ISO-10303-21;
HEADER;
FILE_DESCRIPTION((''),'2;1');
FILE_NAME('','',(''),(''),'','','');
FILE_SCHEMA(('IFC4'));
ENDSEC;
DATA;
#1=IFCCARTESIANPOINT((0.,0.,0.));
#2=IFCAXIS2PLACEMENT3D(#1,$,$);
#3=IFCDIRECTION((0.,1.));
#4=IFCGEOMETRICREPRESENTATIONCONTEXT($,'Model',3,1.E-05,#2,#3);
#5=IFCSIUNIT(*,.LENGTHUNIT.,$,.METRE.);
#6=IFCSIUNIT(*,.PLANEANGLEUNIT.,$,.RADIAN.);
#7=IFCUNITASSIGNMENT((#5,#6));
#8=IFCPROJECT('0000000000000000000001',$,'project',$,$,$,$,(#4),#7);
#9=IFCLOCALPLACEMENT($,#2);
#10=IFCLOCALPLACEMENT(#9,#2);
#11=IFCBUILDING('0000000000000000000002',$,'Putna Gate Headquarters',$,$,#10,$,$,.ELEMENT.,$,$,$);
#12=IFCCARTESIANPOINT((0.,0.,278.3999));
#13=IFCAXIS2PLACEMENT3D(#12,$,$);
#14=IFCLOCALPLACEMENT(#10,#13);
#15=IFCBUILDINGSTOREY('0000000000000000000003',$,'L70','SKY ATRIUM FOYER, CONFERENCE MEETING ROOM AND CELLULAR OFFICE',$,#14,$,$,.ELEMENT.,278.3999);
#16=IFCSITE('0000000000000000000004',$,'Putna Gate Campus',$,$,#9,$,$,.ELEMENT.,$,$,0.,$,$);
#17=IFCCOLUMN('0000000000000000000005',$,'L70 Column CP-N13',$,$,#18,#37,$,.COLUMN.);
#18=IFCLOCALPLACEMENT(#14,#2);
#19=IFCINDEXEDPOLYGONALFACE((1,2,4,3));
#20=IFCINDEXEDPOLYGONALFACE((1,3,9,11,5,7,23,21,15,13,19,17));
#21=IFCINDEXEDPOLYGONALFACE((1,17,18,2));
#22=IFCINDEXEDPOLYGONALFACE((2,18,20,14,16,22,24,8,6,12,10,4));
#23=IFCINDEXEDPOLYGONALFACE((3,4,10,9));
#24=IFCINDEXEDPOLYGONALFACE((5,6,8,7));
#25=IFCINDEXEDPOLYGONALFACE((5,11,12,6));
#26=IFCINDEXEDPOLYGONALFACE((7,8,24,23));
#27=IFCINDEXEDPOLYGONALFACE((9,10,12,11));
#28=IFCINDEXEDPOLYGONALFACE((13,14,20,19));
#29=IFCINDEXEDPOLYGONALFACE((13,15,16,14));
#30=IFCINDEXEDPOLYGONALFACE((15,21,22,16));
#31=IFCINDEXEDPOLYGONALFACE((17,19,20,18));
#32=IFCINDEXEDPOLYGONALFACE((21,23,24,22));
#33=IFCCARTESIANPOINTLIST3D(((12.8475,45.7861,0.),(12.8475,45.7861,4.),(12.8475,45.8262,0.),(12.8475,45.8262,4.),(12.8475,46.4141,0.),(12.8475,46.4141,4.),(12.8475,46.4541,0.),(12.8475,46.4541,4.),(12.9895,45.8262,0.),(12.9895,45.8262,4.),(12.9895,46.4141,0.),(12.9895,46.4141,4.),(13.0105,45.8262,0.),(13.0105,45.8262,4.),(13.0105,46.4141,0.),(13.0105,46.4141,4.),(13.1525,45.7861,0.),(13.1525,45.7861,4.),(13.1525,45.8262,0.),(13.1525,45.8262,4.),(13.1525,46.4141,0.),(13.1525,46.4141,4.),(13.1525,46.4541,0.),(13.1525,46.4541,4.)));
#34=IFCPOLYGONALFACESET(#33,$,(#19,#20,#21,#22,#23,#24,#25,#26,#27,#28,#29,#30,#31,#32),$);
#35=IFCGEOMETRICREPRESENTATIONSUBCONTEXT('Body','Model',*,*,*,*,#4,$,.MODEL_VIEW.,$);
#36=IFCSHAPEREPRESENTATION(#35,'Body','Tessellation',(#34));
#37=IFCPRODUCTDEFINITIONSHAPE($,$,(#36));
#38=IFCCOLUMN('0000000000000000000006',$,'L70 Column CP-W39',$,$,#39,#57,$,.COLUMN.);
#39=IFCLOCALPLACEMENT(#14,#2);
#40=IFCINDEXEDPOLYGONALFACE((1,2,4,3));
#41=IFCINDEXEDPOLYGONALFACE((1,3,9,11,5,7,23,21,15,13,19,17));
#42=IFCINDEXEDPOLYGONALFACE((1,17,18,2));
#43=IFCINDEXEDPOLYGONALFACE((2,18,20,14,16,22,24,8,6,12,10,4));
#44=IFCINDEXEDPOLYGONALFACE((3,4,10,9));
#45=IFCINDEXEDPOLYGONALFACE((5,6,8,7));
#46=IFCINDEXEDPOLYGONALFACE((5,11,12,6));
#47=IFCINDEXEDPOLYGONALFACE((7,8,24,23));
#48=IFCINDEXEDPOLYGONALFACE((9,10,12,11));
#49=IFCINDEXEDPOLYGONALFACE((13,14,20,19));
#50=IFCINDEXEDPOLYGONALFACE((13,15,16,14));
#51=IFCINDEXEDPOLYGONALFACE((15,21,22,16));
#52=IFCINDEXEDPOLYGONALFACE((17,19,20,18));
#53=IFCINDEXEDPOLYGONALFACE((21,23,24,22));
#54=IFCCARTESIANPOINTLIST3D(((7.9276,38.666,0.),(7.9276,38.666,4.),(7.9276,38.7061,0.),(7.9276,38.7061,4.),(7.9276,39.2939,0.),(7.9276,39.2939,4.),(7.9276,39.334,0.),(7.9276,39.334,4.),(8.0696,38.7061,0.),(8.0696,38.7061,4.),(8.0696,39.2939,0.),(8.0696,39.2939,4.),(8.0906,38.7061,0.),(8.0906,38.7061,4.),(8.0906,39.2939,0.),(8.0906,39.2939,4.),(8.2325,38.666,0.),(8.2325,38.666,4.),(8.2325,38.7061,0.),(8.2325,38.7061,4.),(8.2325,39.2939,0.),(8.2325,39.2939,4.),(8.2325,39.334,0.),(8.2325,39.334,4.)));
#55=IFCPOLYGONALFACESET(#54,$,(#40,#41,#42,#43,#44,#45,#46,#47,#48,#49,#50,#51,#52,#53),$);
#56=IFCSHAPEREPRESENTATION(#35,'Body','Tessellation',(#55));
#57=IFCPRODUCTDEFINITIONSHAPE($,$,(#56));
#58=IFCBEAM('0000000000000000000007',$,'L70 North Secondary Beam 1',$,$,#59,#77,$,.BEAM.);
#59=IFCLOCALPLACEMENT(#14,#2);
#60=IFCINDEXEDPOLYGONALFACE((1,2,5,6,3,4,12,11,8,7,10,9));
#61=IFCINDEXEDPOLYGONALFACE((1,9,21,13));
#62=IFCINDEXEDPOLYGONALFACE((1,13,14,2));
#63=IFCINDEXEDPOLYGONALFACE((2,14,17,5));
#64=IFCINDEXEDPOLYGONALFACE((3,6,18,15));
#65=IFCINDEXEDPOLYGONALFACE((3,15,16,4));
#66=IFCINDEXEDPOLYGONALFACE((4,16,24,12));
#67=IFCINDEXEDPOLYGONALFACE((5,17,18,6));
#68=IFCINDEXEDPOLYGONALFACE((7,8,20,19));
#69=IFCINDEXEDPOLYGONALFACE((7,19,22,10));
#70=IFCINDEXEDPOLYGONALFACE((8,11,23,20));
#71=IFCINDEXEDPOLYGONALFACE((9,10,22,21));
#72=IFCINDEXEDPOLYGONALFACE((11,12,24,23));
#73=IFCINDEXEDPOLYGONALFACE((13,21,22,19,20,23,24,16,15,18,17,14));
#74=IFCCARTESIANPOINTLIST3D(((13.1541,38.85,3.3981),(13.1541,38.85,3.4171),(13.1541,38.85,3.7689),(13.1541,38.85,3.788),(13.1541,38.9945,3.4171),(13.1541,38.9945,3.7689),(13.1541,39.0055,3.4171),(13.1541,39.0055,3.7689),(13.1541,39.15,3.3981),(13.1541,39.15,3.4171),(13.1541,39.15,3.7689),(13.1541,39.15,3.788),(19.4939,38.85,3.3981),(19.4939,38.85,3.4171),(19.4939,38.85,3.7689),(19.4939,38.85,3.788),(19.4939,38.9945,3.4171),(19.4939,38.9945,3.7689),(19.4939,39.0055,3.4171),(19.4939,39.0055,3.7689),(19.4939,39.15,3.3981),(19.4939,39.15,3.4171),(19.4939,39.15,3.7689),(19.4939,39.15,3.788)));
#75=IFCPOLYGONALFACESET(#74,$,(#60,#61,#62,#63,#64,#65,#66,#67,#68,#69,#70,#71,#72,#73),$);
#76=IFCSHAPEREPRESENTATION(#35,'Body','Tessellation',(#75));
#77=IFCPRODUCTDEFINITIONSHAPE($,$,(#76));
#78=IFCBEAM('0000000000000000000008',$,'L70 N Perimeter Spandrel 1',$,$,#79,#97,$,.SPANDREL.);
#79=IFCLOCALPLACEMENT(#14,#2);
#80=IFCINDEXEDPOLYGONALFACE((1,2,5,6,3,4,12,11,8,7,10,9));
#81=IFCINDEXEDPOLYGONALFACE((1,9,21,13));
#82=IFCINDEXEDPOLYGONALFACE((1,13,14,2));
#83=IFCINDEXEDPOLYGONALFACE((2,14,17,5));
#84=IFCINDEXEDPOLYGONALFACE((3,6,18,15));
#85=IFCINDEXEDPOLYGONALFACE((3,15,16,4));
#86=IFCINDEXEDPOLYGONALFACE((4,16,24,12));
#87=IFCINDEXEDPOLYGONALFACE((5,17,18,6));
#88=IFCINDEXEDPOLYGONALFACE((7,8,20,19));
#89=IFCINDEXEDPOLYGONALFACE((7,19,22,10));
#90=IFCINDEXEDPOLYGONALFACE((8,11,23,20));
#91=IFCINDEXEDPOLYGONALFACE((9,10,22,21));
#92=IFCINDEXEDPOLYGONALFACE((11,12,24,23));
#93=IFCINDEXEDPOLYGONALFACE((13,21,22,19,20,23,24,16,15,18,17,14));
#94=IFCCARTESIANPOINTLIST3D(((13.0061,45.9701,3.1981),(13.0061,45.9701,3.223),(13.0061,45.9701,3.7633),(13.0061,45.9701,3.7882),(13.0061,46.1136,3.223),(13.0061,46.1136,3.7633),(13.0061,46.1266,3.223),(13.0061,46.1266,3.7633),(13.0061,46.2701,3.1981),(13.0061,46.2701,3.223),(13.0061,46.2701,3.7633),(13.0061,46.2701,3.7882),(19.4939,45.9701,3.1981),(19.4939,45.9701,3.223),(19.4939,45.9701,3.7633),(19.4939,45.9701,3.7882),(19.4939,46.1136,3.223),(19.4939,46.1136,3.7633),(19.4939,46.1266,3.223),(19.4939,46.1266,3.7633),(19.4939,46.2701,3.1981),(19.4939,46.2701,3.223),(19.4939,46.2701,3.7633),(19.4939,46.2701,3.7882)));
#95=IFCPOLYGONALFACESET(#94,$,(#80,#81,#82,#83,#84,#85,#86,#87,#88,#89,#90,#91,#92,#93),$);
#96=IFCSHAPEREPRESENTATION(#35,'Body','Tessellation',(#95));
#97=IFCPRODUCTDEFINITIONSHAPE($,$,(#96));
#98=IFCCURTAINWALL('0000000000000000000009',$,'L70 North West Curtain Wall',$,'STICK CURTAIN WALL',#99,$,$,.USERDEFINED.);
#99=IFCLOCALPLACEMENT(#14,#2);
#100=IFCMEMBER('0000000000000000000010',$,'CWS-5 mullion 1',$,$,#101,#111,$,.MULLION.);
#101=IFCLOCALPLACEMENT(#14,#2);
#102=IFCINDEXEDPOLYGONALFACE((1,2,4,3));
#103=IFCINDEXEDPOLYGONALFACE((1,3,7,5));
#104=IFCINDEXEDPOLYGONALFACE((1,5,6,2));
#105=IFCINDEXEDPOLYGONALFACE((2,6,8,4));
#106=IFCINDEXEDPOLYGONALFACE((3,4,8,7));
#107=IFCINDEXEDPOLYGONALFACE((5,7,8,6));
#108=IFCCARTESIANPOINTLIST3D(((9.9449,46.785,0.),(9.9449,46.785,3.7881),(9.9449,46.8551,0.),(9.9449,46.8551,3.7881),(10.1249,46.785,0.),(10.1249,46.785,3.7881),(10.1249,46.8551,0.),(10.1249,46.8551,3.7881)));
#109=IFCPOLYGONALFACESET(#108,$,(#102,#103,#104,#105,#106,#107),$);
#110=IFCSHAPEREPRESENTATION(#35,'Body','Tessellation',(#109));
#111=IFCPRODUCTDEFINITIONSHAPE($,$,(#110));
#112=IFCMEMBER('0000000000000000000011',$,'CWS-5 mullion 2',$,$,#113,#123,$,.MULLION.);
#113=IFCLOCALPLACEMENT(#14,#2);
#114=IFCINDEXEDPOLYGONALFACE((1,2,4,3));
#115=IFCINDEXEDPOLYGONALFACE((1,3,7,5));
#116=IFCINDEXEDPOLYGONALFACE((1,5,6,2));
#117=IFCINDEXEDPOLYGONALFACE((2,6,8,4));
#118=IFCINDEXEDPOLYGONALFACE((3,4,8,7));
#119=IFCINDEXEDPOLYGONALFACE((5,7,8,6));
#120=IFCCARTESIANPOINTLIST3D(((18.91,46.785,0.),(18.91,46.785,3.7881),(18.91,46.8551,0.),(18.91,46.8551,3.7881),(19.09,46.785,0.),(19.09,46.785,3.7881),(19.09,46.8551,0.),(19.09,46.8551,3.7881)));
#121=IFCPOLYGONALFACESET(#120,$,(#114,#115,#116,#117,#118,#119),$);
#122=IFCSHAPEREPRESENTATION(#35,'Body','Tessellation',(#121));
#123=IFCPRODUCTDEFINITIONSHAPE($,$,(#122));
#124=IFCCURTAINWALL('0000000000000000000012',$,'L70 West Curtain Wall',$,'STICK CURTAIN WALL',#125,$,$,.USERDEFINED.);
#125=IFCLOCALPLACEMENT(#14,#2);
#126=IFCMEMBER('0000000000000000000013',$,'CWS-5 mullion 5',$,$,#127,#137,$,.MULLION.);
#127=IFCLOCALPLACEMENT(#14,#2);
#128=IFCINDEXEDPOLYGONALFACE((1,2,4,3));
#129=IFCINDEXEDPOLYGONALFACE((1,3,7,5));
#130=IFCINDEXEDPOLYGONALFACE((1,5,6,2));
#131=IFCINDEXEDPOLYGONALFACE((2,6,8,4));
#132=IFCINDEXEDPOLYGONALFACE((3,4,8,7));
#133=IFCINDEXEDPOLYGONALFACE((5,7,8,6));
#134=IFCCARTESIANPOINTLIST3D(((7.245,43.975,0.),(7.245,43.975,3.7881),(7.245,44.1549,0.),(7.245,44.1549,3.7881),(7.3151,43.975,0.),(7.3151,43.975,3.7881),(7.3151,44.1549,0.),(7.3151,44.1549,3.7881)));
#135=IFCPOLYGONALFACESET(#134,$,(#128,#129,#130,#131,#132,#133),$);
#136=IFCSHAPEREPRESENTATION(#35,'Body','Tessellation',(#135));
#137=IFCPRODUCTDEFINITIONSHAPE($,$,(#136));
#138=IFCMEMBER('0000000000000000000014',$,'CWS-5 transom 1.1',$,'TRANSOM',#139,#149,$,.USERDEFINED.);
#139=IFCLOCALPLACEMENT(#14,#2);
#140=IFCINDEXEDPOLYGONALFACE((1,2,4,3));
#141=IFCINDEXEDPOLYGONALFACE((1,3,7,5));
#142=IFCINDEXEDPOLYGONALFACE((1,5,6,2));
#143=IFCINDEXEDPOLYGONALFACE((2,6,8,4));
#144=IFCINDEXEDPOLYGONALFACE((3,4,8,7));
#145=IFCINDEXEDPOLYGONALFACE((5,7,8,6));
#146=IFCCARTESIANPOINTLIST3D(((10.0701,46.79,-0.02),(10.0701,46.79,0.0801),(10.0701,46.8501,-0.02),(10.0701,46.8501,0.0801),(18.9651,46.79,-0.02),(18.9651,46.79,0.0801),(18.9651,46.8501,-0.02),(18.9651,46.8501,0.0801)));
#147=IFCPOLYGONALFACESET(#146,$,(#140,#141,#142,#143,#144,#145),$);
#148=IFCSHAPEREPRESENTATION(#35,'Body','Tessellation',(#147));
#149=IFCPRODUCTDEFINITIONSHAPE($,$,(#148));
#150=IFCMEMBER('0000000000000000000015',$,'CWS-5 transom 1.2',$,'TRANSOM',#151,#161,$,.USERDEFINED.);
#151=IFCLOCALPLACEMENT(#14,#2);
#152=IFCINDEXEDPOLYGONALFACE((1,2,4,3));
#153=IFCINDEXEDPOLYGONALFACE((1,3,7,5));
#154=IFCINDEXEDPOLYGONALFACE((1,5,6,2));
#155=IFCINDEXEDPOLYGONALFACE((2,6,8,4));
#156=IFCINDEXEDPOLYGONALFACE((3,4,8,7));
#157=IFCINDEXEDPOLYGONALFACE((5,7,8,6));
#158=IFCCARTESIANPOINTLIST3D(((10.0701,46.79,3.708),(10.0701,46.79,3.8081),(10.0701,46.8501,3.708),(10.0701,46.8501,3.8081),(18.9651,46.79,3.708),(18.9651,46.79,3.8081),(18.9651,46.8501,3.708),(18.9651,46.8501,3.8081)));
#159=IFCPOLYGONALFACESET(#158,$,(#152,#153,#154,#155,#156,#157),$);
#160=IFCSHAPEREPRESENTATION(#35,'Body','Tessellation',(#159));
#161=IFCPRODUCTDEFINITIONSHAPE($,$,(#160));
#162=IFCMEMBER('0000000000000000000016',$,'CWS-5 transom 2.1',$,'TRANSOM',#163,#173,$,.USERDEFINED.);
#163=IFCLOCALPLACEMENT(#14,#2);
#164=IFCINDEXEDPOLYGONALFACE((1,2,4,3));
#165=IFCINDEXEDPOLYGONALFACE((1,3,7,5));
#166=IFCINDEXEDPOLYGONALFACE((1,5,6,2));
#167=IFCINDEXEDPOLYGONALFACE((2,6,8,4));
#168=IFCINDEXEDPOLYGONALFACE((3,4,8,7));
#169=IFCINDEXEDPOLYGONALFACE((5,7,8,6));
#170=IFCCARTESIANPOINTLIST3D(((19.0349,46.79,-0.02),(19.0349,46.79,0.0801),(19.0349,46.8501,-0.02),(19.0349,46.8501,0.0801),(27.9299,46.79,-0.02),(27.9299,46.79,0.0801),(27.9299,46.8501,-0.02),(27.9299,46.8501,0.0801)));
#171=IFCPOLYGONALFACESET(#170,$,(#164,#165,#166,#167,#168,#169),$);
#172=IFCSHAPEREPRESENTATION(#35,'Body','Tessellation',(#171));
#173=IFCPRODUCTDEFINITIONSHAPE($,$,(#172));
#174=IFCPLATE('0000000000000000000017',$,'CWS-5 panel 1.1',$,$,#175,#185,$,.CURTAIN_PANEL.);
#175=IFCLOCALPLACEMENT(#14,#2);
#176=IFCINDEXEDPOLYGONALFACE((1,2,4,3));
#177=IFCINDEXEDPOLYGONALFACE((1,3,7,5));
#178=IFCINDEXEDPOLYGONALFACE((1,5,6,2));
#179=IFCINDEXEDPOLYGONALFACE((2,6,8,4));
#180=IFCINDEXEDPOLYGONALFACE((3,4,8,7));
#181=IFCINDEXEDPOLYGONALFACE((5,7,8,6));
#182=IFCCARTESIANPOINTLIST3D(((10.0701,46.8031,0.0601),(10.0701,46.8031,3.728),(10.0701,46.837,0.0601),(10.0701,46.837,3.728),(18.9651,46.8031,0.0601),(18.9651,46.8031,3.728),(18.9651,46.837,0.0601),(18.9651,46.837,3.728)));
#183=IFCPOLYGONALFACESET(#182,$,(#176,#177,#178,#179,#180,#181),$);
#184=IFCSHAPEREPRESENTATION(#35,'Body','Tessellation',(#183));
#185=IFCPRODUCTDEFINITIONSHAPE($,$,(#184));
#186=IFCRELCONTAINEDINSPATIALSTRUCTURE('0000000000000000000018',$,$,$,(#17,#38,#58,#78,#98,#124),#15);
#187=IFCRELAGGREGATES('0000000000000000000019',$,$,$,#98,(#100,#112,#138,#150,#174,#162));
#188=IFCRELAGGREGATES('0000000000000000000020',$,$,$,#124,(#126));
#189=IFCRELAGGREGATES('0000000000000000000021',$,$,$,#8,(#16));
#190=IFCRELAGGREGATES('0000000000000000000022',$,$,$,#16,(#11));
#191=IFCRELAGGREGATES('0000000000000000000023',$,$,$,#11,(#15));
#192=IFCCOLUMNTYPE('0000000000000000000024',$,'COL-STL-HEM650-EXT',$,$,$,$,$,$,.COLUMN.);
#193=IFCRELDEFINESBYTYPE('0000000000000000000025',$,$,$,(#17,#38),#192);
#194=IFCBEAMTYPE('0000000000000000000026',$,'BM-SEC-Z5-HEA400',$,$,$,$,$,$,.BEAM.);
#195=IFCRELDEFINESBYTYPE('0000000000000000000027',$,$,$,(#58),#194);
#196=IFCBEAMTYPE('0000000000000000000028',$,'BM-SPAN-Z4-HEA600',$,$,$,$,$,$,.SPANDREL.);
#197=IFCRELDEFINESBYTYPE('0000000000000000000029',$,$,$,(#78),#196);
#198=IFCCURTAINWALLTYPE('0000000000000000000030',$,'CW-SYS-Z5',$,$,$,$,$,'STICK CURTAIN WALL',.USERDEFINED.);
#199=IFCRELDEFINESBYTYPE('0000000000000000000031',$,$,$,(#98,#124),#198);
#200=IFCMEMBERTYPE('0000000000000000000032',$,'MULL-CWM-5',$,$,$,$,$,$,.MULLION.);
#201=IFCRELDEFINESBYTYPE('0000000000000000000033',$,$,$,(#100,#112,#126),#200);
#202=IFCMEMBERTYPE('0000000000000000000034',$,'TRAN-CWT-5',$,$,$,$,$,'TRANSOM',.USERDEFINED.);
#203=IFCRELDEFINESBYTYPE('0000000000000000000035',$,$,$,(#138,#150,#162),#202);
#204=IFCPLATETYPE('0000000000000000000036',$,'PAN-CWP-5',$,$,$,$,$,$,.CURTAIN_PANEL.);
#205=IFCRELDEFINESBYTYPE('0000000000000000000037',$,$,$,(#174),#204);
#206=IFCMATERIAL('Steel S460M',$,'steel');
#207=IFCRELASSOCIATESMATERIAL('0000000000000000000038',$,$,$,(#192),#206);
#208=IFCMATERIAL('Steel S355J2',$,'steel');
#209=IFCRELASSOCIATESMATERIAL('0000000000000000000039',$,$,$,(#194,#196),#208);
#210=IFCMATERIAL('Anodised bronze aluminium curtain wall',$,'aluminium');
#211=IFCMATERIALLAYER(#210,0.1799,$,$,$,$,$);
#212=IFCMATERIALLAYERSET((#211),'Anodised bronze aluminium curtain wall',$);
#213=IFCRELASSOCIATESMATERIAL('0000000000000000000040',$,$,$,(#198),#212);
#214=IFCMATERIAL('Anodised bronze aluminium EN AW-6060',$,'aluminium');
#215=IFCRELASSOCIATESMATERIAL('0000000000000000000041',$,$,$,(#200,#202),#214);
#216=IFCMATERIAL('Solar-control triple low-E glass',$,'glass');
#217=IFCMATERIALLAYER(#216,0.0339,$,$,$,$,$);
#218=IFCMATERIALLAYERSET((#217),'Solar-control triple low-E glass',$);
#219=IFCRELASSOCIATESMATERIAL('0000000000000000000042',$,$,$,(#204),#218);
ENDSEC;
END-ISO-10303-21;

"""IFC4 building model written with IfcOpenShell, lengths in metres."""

from ifc_helpers import new_model, si_unit, direction, frame, origin, origin_2d, place, context, subcontext, project, spatial, rectangle, i_section, extrude, material, layer, layer_set, material_profile, profile_set, type_object, element, aggregate, save


model = new_model("IFC4")

# Units and contexts
model_context = context("Model", 3, precision=1e-05, world=origin(), true_north=direction((0.0, 1.0)))
body_context = subcontext(model_context, "Body", "Model", "MODEL_VIEW")
ifc_project = project(units=[si_unit("LENGTHUNIT", "METRE"), si_unit("PLANEANGLEUNIT", "RADIAN")], contexts=[model_context])

# Site, building, storey
site_placement = place(None, origin())
site = spatial("IfcSite", under=ifc_project, at=site_placement, Name="Putna Gate Campus", CompositionType="ELEMENT", RefElevation=0.0)
building_placement = place(site_placement, origin())
building = spatial("IfcBuilding", under=site, at=building_placement, Name="Putna Gate Headquarters", CompositionType="ELEMENT")
storey_placement = place(building_placement, frame((0.0, 0.0, 278.3999)))
storey = spatial("IfcBuildingStorey", under=building, at=storey_placement, Name="L70", Description="SKY ATRIUM FOYER, CONFERENCE MEETING ROOM AND CELLULAR OFFICE", CompositionType="ELEMENT", Elevation=278.3999)

# Columns
ifc_material_1 = material(Name="Steel S460M", Category="steel")
ifc_material_profile_1 = material_profile(ifc_material_1, i_section(OverallWidth=0.3049, OverallDepth=0.668, WebThickness=0.021, FlangeThickness=0.04, at=origin_2d()), Name="Steel S460M")
ifc_profile_set_1 = profile_set([ifc_material_profile_1], Name="Steel S460M")
column_type = type_object("IfcColumnType", Name="COL-STL-HEM650-EXT", PredefinedType="COLUMN", material=ifc_profile_set_1)
for number, where, z_axis, x_axis, name in (
    (1, (13.0, 46.1201, 0.0), (0.0, 0.0, 1.0), (1.0, 0.0, 0.0), "L70 Column CP-N13"),
    (2, (8.0801, 39.0, 0.0), (0.0, 0.0, 1.0), (1.0, 0.0, 0.0), "L70 Column CP-W39"),
):
    element("IfcColumn", number, at=place(storey_placement, frame(where, z_axis=z_axis, x_axis=x_axis)), inside=storey, type_object=column_type, Name=name, PredefinedType="COLUMN", context=body_context, shape_type="SweptSolid", body=[
        extrude(i_section(OverallWidth=0.3049, OverallDepth=0.668, WebThickness=0.021, FlangeThickness=0.04, at=origin_2d()), origin(), (0.0, 0.0, 1.0), 4.0),
    ])

# Beams
ifc_material_2 = material(Name="Steel S355J2", Category="steel")
ifc_material_profile_2 = material_profile(ifc_material_2, i_section(OverallWidth=0.3, OverallDepth=0.3899, WebThickness=0.011, FlangeThickness=0.019, at=origin_2d()), Name="Steel S355J2")
ifc_profile_set_2 = profile_set([ifc_material_profile_2], Name="Steel S355J2")
beam_type_1 = type_object("IfcBeamType", Name="BM-SEC-Z5-HEA400", PredefinedType="BEAM", material=ifc_profile_set_2)
beam_1_placement = place(storey_placement, frame((13.1541, 39.0, 3.593), z_axis=(1.0, 0.0, 0.0), x_axis=(0.0, 1.0, 0.0)))
element("IfcBeam", 3, at=beam_1_placement, inside=storey, type_object=beam_type_1, Name="L70 North Secondary Beam 1", PredefinedType="BEAM", context=body_context, shape_type="SweptSolid", body=[
    extrude(i_section(OverallWidth=0.3, OverallDepth=0.3899, WebThickness=0.011, FlangeThickness=0.019, at=origin_2d()), origin(), (0.0, 0.0, 1.0), 6.3398),
])
ifc_material_profile_3 = material_profile(ifc_material_2, i_section(OverallWidth=0.3, OverallDepth=0.5901, WebThickness=0.0129, FlangeThickness=0.0249, at=origin_2d()), Name="Steel S355J2")
ifc_profile_set_3 = profile_set([ifc_material_profile_3], Name="Steel S355J2")
beam_type_2 = type_object("IfcBeamType", Name="BM-SPAN-Z4-HEA600", PredefinedType="SPANDREL", material=ifc_profile_set_3)
beam_2_placement = place(storey_placement, frame((13.0061, 46.1201, 3.4932), z_axis=(1.0, 0.0, 0.0), x_axis=(0.0, 1.0, 0.0)))
element("IfcBeam", 4, at=beam_2_placement, inside=storey, type_object=beam_type_2, Name="L70 N Perimeter Spandrel 1", PredefinedType="SPANDREL", context=body_context, shape_type="SweptSolid", body=[
    extrude(i_section(OverallWidth=0.3, OverallDepth=0.5901, WebThickness=0.0129, FlangeThickness=0.0249, at=origin_2d()), origin(), (0.0, 0.0, 1.0), 6.4878),
])

# Curtain wall, members
ifc_material_3 = material(Name="Anodised bronze aluminium curtain wall", Category="aluminium")
ifc_layer_1 = layer(ifc_material_3, 0.1799)
ifc_layer_set_1 = layer_set([ifc_layer_1], Name="Anodised bronze aluminium curtain wall")
curtain_wall_type = type_object("IfcCurtainWallType", Name="CW-SYS-Z5", ElementType="STICK CURTAIN WALL", PredefinedType="USERDEFINED", material=ifc_layer_set_1)
curtain_wall_1_placement = place(storey_placement, origin())
curtain_wall_1 = element("IfcCurtainWall", 5, at=curtain_wall_1_placement, inside=storey, type_object=curtain_wall_type, Name="L70 North West Curtain Wall", ObjectType="STICK CURTAIN WALL", PredefinedType="USERDEFINED")
ifc_material_4 = material(Name="Anodised bronze aluminium EN AW-6060", Category="aluminium")
ifc_material_profile_4 = material_profile(ifc_material_4, rectangle(XDim=0.0701, YDim=0.1799, at=origin_2d()), Name="Anodised bronze aluminium EN AW-6060")
ifc_profile_set_4 = profile_set([ifc_material_profile_4], Name="Anodised bronze aluminium EN AW-6060")
member_type_1 = type_object("IfcMemberType", Name="MULL-CWM-5", PredefinedType="MULLION", material=ifc_profile_set_4)
member_1_placement = place(storey_placement, frame((10.0349, 46.8201, 0.0), z_axis=(0.0, 0.0, 1.0), x_axis=(0.0, 1.0, 0.0)))
member_1 = element("IfcMember", 6, at=member_1_placement, type_object=member_type_1, Name="CWS-5 mullion 1", PredefinedType="MULLION", context=body_context, shape_type="SweptSolid", body=[
    extrude(rectangle(XDim=0.0701, YDim=0.1799, at=origin_2d()), origin(), (0.0, 0.0, 1.0), 3.7881),
])
member_2_placement = place(storey_placement, frame((19.0, 46.8201, 0.0), z_axis=(0.0, 0.0, 1.0), x_axis=(0.0, 1.0, 0.0)))
member_2 = element("IfcMember", 7, at=member_2_placement, type_object=member_type_1, Name="CWS-5 mullion 2", PredefinedType="MULLION", context=body_context, shape_type="SweptSolid", body=[
    extrude(rectangle(XDim=0.0701, YDim=0.1799, at=origin_2d()), origin(), (0.0, 0.0, 1.0), 3.7881),
])

# Curtain wall, member
curtain_wall_2_placement = place(storey_placement, origin())
curtain_wall_2 = element("IfcCurtainWall", 8, at=curtain_wall_2_placement, inside=storey, type_object=curtain_wall_type, Name="L70 West Curtain Wall", ObjectType="STICK CURTAIN WALL", PredefinedType="USERDEFINED")
member_3_placement = place(storey_placement, frame((7.28, 44.0649, 0.0), z_axis=(0.0, 0.0, 1.0), x_axis=(-1.0, 0.0, 0.0)))
member_3 = element("IfcMember", 9, at=member_3_placement, type_object=member_type_1, Name="CWS-5 mullion 5", PredefinedType="MULLION", context=body_context, shape_type="SweptSolid", body=[
    extrude(rectangle(XDim=0.0701, YDim=0.1799, at=origin_2d()), origin(), (0.0, 0.0, 1.0), 3.7881),
])

# Members
ifc_material_profile_5 = material_profile(ifc_material_4, rectangle(XDim=0.0601, YDim=0.1001, at=origin_2d()), Name="Anodised bronze aluminium EN AW-6060")
ifc_profile_set_5 = profile_set([ifc_material_profile_5], Name="Anodised bronze aluminium EN AW-6060")
member_type_2 = type_object("IfcMemberType", Name="TRAN-CWT-5", ElementType="TRANSOM", PredefinedType="USERDEFINED", material=ifc_profile_set_5)
member_4_placement = place(storey_placement, frame((10.0701, 46.8201, 0.03), z_axis=(1.0, 0.0, 0.0), x_axis=(0.0, 1.0, 0.0)))
member_4 = element("IfcMember", 10, at=member_4_placement, type_object=member_type_2, Name="CWS-5 transom 1.1", ObjectType="TRANSOM", PredefinedType="USERDEFINED", context=body_context, shape_type="SweptSolid", body=[
    extrude(rectangle(XDim=0.0601, YDim=0.1001, at=origin_2d()), origin(), (0.0, 0.0, 1.0), 8.895),
])
member_5_placement = place(storey_placement, frame((10.0701, 46.8201, 3.7581), z_axis=(1.0, 0.0, 0.0), x_axis=(0.0, 1.0, 0.0)))
member_5 = element("IfcMember", 11, at=member_5_placement, type_object=member_type_2, Name="CWS-5 transom 1.2", ObjectType="TRANSOM", PredefinedType="USERDEFINED", context=body_context, shape_type="SweptSolid", body=[
    extrude(rectangle(XDim=0.0601, YDim=0.1001, at=origin_2d()), origin(), (0.0, 0.0, 1.0), 8.895),
])
member_6_placement = place(storey_placement, frame((19.0349, 46.8201, 0.03), z_axis=(1.0, 0.0, 0.0), x_axis=(0.0, 1.0, 0.0)))
member_6 = element("IfcMember", 12, at=member_6_placement, type_object=member_type_2, Name="CWS-5 transom 2.1", ObjectType="TRANSOM", PredefinedType="USERDEFINED", context=body_context, shape_type="SweptSolid", body=[
    extrude(rectangle(XDim=0.0601, YDim=0.1001, at=origin_2d()), origin(), (0.0, 0.0, 1.0), 8.895),
])

# Plate
ifc_material_5 = material(Name="Solar-control triple low-E glass", Category="glass")
ifc_layer_2 = layer(ifc_material_5, 0.0339)
ifc_layer_set_2 = layer_set([ifc_layer_2], Name="Solar-control triple low-E glass")
plate_type = type_object("IfcPlateType", Name="PAN-CWP-5", PredefinedType="CURTAIN_PANEL", material=ifc_layer_set_2)
plate_1_placement = place(storey_placement, frame((14.5176, 46.8201, 0.0601), z_axis=(0.0, 0.0, 1.0), x_axis=(1.0, 0.0, 0.0)))
plate_1 = element("IfcPlate", 13, at=plate_1_placement, type_object=plate_type, Name="CWS-5 panel 1.1", PredefinedType="CURTAIN_PANEL", context=body_context, shape_type="SweptSolid", body=[
    extrude(rectangle(XDim=8.895, YDim=0.0339, at=origin_2d()), origin(), (0.0, 0.0, 1.0), 3.668),
])
aggregate(curtain_wall_1, [member_1, member_2, member_4, member_5, plate_1, member_6])
aggregate(curtain_wall_2, [member_3])

save(model, "model.ifc")
